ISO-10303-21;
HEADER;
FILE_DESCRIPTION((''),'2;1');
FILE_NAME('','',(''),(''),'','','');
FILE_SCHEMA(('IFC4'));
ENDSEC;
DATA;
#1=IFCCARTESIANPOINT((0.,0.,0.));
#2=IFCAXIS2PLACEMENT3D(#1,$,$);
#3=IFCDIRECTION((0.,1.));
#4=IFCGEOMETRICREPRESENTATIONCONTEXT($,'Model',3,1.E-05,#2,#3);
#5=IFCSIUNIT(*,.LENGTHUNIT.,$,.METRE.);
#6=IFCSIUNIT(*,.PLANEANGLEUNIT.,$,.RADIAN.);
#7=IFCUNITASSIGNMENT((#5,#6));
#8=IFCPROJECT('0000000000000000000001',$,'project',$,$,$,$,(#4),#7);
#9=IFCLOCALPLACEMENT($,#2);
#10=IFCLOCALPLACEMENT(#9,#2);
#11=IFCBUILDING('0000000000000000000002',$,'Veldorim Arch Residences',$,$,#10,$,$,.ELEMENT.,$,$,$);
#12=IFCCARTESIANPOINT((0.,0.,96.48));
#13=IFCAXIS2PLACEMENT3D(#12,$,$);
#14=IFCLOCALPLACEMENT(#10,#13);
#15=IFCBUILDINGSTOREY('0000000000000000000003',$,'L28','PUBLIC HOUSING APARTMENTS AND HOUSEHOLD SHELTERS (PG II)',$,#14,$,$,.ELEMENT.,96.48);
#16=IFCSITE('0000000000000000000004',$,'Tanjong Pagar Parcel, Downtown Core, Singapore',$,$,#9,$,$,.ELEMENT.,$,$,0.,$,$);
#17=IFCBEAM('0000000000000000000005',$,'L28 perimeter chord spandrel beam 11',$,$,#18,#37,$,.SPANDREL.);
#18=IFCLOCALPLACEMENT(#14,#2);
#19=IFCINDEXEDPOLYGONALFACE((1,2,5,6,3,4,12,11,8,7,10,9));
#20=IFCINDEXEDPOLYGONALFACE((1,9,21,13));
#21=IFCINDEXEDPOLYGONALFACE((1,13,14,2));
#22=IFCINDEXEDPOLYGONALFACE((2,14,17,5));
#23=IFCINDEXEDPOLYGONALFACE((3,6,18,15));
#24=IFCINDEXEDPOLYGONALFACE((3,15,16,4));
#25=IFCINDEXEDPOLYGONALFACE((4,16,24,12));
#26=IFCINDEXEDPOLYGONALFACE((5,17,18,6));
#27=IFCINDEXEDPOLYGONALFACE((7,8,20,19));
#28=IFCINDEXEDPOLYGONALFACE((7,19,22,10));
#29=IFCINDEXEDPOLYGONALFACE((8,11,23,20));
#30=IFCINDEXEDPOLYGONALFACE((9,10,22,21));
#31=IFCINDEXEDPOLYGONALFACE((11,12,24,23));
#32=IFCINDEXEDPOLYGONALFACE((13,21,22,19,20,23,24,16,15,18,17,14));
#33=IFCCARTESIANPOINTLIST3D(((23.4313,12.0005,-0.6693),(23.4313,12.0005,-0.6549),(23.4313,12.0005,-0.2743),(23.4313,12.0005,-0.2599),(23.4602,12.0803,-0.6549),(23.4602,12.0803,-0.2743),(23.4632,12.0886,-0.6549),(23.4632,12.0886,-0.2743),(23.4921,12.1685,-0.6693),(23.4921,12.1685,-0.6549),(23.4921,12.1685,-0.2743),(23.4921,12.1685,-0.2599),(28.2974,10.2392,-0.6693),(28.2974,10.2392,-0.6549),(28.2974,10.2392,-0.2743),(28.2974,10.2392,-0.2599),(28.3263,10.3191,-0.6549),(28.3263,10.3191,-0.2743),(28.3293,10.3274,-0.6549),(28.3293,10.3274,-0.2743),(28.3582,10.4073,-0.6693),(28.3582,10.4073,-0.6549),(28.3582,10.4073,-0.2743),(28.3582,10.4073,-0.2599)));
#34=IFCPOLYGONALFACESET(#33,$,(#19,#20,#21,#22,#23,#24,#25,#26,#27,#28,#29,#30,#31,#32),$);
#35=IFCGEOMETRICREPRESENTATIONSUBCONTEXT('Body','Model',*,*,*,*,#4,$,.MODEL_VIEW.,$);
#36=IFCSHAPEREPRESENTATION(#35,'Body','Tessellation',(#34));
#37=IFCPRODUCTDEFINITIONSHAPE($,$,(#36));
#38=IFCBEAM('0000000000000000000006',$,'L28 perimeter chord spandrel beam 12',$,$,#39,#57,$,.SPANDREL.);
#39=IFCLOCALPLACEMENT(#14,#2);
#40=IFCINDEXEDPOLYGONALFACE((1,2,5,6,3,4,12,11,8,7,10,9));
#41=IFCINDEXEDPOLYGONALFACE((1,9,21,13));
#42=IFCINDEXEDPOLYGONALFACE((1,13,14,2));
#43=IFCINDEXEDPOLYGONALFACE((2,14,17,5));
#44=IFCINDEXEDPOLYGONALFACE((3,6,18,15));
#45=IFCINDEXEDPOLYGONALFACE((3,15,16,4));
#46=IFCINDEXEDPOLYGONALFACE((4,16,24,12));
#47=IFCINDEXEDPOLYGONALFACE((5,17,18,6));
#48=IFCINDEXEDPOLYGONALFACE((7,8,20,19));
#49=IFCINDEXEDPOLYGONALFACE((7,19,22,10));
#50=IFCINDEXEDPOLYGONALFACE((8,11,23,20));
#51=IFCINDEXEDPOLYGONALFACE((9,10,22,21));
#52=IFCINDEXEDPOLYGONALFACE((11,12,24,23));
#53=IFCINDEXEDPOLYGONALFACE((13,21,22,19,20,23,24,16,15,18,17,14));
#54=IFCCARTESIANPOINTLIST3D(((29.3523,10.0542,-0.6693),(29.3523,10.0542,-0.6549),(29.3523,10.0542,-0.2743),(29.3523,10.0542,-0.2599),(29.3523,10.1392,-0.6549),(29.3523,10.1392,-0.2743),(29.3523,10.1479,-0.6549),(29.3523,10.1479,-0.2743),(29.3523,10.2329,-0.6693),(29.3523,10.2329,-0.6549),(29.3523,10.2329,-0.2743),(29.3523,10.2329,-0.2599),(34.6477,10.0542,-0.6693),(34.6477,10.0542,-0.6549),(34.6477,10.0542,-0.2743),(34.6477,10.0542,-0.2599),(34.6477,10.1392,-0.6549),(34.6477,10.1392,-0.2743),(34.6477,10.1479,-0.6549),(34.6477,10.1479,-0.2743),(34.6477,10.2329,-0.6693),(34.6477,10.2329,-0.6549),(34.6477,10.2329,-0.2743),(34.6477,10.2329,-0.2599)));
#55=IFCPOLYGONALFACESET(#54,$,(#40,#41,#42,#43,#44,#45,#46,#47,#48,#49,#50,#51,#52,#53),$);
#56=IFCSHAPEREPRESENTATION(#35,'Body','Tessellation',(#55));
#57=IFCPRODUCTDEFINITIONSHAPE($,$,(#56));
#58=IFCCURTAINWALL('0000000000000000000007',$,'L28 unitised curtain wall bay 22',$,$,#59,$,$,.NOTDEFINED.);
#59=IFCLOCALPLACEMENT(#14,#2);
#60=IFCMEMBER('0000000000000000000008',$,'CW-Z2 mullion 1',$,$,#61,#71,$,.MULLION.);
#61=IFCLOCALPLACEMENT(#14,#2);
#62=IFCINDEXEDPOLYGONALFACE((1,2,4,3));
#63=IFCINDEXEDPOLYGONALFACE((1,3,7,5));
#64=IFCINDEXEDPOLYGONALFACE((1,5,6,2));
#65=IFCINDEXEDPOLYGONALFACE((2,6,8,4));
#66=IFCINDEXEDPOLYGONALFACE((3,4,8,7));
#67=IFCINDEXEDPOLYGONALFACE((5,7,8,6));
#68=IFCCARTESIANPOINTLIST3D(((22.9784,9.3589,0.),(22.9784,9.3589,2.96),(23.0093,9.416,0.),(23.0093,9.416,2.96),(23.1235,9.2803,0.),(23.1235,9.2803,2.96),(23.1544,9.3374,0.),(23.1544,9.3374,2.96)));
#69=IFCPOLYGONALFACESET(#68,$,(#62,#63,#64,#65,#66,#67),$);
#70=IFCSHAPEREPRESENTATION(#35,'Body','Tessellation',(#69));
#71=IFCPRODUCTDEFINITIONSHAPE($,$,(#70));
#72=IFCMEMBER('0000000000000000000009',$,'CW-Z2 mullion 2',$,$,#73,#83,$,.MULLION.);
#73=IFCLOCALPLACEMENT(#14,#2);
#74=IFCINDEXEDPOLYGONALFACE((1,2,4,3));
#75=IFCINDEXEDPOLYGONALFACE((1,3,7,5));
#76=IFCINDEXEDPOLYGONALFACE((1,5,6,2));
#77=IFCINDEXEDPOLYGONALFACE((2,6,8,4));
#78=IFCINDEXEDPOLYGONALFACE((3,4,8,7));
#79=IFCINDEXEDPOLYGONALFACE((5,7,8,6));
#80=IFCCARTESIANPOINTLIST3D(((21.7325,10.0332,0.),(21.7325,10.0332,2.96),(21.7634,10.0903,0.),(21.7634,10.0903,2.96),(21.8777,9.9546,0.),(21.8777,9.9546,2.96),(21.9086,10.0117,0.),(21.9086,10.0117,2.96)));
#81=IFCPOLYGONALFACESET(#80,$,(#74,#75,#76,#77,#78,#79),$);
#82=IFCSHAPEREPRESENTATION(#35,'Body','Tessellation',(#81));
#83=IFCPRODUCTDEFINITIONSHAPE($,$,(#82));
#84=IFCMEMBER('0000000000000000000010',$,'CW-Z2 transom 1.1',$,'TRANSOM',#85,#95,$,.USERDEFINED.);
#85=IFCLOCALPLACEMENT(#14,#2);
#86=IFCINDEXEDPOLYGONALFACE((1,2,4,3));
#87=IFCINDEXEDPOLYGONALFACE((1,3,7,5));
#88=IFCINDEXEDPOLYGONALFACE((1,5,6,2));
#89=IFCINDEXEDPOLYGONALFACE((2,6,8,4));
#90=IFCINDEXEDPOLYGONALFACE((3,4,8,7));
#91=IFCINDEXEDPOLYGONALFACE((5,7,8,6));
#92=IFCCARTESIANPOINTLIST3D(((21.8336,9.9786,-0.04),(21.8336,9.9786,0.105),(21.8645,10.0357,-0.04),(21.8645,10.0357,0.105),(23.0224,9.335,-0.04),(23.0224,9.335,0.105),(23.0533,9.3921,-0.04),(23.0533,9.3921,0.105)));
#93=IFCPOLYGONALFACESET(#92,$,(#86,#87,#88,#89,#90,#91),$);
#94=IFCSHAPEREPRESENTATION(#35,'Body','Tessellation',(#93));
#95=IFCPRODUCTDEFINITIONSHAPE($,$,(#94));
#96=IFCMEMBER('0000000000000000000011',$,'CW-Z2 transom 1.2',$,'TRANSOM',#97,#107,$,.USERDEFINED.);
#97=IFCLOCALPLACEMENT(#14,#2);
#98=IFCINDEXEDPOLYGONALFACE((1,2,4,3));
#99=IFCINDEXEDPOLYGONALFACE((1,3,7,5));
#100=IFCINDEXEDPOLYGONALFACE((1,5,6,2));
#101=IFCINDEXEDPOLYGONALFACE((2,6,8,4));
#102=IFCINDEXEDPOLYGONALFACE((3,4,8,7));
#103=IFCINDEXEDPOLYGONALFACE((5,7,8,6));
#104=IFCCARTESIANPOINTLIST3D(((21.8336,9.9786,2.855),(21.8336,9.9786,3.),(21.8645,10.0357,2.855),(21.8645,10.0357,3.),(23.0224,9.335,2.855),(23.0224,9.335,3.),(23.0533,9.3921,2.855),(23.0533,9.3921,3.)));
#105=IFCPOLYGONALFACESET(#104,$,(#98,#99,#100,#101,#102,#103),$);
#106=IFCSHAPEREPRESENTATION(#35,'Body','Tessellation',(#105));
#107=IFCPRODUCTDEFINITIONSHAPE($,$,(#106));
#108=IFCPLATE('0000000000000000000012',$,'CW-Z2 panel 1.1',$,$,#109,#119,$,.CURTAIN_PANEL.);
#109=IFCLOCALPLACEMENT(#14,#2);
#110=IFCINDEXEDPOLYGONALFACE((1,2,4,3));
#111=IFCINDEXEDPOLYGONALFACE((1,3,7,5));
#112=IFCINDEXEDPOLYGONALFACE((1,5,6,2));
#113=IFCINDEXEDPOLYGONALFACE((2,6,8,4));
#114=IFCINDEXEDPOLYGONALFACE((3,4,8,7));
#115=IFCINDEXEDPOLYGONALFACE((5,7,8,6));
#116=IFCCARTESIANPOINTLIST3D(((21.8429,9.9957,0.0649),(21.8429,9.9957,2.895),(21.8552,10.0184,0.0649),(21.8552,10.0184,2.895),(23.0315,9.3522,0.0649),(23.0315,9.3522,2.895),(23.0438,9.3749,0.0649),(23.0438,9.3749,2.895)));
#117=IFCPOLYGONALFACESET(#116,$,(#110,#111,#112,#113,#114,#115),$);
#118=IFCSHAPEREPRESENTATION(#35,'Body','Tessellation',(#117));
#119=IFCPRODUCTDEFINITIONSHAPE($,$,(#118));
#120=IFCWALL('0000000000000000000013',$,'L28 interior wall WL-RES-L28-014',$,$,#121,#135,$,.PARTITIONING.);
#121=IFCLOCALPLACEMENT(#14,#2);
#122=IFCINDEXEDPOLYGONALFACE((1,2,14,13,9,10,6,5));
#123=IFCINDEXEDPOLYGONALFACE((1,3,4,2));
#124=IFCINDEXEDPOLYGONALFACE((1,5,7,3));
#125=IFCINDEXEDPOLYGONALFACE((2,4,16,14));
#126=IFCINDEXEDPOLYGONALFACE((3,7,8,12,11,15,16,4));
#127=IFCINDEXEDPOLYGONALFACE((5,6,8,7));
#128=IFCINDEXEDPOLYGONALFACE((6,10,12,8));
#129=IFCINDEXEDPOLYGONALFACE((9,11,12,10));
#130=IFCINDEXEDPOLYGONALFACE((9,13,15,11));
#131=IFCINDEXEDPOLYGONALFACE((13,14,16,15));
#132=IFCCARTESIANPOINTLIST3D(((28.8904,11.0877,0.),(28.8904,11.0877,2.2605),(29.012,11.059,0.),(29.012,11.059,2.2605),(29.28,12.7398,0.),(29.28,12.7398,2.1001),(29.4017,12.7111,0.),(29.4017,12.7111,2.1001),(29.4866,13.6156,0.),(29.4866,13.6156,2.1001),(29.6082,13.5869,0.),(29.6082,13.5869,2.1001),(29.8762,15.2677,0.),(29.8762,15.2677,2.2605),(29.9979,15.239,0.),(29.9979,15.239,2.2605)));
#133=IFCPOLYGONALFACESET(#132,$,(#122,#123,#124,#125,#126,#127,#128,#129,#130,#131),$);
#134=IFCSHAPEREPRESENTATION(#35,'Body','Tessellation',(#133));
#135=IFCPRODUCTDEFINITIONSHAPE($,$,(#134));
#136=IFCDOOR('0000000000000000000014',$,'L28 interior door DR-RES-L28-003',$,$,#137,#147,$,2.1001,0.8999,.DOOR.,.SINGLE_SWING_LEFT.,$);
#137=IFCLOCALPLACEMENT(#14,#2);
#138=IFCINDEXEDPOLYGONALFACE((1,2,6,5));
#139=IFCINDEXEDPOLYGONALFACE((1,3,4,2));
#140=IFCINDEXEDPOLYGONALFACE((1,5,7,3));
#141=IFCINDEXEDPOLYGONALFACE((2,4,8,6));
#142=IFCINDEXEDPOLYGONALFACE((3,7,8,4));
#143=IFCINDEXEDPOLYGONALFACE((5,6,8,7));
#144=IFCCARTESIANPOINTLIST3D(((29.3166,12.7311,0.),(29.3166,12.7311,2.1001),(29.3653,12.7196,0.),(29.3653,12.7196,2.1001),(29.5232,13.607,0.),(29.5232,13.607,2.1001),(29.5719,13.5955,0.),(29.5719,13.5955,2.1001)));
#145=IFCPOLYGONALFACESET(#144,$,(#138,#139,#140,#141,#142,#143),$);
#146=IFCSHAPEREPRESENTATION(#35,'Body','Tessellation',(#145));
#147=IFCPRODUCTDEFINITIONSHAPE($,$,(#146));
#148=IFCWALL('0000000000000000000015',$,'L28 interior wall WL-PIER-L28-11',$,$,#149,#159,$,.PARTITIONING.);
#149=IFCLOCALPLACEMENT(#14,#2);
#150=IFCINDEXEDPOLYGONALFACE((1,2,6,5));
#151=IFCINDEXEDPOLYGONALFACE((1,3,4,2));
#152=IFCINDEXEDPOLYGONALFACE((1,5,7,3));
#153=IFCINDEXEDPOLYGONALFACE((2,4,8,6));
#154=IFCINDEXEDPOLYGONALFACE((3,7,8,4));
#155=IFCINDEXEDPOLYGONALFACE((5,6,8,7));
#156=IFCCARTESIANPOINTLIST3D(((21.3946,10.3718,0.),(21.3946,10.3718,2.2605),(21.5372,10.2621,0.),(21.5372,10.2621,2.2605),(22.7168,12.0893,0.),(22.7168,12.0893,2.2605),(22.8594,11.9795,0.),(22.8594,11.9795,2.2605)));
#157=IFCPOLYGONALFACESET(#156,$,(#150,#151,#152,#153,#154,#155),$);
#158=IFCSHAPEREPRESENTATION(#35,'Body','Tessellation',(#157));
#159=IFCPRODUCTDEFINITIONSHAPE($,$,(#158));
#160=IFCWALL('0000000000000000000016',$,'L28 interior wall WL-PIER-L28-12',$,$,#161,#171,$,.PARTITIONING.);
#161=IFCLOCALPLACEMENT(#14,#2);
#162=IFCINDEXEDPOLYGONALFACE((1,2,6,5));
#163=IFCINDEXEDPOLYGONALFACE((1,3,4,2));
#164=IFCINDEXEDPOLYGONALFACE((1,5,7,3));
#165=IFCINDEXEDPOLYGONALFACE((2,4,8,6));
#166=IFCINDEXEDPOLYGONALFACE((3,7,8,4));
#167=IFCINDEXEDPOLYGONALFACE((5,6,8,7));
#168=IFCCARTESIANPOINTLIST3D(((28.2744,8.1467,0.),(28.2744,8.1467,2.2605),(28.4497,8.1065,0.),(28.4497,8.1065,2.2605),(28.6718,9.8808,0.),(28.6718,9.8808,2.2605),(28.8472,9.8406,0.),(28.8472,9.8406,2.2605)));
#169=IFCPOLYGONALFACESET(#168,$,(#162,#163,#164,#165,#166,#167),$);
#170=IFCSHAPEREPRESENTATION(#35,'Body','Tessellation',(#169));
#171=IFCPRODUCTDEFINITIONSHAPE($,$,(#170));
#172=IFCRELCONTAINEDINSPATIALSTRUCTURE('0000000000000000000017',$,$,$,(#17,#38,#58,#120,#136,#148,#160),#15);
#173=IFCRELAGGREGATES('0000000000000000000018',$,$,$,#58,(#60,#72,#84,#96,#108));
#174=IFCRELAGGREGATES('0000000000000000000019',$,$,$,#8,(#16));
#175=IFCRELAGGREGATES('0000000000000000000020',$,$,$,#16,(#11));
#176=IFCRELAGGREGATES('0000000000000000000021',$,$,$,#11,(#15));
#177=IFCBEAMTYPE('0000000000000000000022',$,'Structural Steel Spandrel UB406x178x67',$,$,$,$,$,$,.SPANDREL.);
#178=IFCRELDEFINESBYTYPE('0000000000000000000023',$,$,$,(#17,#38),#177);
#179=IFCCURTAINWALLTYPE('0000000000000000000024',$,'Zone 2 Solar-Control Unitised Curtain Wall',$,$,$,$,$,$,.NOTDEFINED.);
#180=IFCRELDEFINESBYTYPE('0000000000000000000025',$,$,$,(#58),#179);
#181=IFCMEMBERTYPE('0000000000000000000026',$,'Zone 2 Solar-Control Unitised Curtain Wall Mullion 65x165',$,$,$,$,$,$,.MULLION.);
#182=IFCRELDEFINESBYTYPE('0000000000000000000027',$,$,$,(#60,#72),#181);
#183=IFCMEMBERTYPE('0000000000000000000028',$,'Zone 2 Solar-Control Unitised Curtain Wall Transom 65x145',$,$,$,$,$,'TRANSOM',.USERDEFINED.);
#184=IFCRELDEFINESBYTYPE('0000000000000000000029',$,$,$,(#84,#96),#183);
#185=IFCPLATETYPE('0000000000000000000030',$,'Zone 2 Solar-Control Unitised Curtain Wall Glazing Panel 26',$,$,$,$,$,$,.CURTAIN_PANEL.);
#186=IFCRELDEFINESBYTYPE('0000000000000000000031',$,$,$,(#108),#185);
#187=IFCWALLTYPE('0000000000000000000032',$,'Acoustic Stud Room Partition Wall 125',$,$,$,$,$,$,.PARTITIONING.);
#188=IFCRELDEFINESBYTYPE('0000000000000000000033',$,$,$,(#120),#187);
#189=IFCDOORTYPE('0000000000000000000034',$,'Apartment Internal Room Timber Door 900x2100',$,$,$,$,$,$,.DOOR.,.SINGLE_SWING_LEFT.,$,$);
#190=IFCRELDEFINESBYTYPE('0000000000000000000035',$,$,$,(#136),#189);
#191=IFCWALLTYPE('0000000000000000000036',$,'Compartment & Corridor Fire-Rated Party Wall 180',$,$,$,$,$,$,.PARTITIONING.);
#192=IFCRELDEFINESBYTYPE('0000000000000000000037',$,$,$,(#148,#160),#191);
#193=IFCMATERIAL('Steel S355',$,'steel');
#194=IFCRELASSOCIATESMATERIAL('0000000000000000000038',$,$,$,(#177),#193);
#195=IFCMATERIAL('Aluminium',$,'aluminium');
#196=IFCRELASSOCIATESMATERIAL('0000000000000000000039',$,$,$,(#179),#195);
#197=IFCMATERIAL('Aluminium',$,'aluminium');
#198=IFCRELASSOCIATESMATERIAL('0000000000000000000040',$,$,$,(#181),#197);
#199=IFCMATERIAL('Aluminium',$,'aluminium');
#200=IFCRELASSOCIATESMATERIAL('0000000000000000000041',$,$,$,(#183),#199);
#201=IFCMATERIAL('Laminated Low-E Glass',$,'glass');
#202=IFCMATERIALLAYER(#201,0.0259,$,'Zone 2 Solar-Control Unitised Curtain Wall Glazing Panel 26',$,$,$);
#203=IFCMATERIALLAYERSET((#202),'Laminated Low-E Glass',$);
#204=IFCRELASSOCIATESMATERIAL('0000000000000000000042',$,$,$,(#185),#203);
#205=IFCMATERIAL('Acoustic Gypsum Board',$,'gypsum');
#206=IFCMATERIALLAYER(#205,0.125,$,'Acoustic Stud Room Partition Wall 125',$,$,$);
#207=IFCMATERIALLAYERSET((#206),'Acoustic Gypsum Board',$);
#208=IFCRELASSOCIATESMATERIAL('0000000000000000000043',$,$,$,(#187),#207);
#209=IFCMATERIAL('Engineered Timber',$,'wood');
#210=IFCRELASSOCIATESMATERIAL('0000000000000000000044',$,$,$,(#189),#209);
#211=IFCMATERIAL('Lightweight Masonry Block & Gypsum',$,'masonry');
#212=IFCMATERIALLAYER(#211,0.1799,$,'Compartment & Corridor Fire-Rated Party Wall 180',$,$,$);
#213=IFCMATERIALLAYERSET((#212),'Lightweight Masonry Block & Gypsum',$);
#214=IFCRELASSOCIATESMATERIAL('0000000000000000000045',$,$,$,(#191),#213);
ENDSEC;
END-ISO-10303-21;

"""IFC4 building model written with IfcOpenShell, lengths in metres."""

from ifc_helpers import new_model, si_unit, direction, frame, frame_2d, origin, origin_2d, place, context, subcontext, project, spatial, rectangle, i_section, extrude, material, layer, layer_set, material_profile, profile_set, type_object, element, fill, aggregate, save


model = new_model("IFC4")

# Units and contexts
model_context = context("Model", 3, precision=1e-05, world=origin(), true_north=direction((0.0, 1.0)))
body_context = subcontext(model_context, "Body", "Model", "MODEL_VIEW")
ifc_project = project(units=[si_unit("LENGTHUNIT", "METRE"), si_unit("PLANEANGLEUNIT", "RADIAN")], contexts=[model_context])

# Site, building, storey
site_placement = place(None, origin())
site = spatial("IfcSite", under=ifc_project, at=site_placement, Name="Tanjong Pagar Parcel, Downtown Core, Singapore", CompositionType="ELEMENT", RefElevation=0.0)
building_placement = place(site_placement, origin())
building = spatial("IfcBuilding", under=site, at=building_placement, Name="Veldorim Arch Residences", CompositionType="ELEMENT")
storey_placement = place(building_placement, frame((0.0, 0.0, 96.48)))
storey = spatial("IfcBuildingStorey", under=building, at=storey_placement, Name="L28", Description="PUBLIC HOUSING APARTMENTS AND HOUSEHOLD SHELTERS (PG II)", CompositionType="ELEMENT", Elevation=96.48)

# Beams
ifc_material_1 = material(Name="Steel S355", Category="steel")
ifc_material_profile_1 = material_profile(ifc_material_1, i_section(OverallWidth=0.1787, OverallDepth=0.4094, WebThickness=0.0088, FlangeThickness=0.0144, at=origin_2d()), Name="UB406x178x67")
ifc_profile_set_1 = profile_set([ifc_material_profile_1], Name="Steel S355")
beam_type_1 = type_object("IfcBeamType", Name="Structural Steel Spandrel UB406x178x67", PredefinedType="SPANDREL", material=ifc_profile_set_1)
beam_1_placement = place(storey_placement, frame((23.4617, 12.0845, -0.4646), z_axis=(0.940308, -0.340326, 0.0), x_axis=(0.340326, 0.940308, 0.0)))
element("IfcBeam", 1, at=beam_1_placement, inside=storey, type_object=beam_type_1, Name="L28 perimeter chord spandrel beam 11", PredefinedType="SPANDREL", context=body_context, shape_type="SweptSolid", body=[
    extrude(i_section(OverallWidth=0.1787, OverallDepth=0.4094, WebThickness=0.0088, FlangeThickness=0.0144, at=origin_2d()), origin(), (0.0, 0.0, 1.0), 5.175),
])
beam_2_placement = place(storey_placement, frame((29.3523, 10.1436, -0.4646), z_axis=(1.0, 0.0, 0.0), x_axis=(0.0, 1.0, 0.0)))
element("IfcBeam", 2, at=beam_2_placement, inside=storey, type_object=beam_type_1, Name="L28 perimeter chord spandrel beam 12", PredefinedType="SPANDREL", context=body_context, shape_type="SweptSolid", body=[
    extrude(i_section(OverallWidth=0.1787, OverallDepth=0.4094, WebThickness=0.0088, FlangeThickness=0.0144, at=origin_2d()), origin(), (0.0, 0.0, 1.0), 5.2954),
])

# Curtain wall, members, plate
ifc_material_2 = material(Name="Aluminium", Category="aluminium")
curtain_wall_type = type_object("IfcCurtainWallType", Name="Zone 2 Solar-Control Unitised Curtain Wall", PredefinedType="NOTDEFINED", material=ifc_material_2)
curtain_wall_placement = place(storey_placement, origin())
curtain_wall = element("IfcCurtainWall", 3, at=curtain_wall_placement, inside=storey, type_object=curtain_wall_type, Name="L28 unitised curtain wall bay 22", PredefinedType="NOTDEFINED")
ifc_material_3 = material(Name="Aluminium", Category="aluminium")
ifc_material_profile_2 = material_profile(ifc_material_3, rectangle(XDim=0.0649, YDim=0.165, at=origin_2d()), Name="ALU_MUL_65x165")
ifc_profile_set_2 = profile_set([ifc_material_profile_2], Name="Aluminium")
member_type_1 = type_object("IfcMemberType", Name="Zone 2 Solar-Control Unitised Curtain Wall Mullion 65x165", PredefinedType="MULLION", material=ifc_profile_set_2)
member_1_placement = place(storey_placement, frame((23.0664, 9.3481, 0.0), z_axis=(0.0, 0.0, 1.0), x_axis=(-0.476096, -0.879393, 0.0)))
member_1 = element("IfcMember", 4, at=member_1_placement, type_object=member_type_1, Name="CW-Z2 mullion 1", PredefinedType="MULLION", context=body_context, shape_type="SweptSolid", body=[
    extrude(rectangle(XDim=0.0649, YDim=0.165, at=origin_2d()), origin(), (0.0, 0.0, 1.0), 2.96),
])
member_2_placement = place(storey_placement, frame((21.8206, 10.0225, 0.0), z_axis=(0.0, 0.0, 1.0), x_axis=(-0.476096, -0.879393, 0.0)))
member_2 = element("IfcMember", 5, at=member_2_placement, type_object=member_type_1, Name="CW-Z2 mullion 2", PredefinedType="MULLION", context=body_context, shape_type="SweptSolid", body=[
    extrude(rectangle(XDim=0.0649, YDim=0.165, at=origin_2d()), origin(), (0.0, 0.0, 1.0), 2.96),
])
ifc_material_4 = material(Name="Aluminium", Category="aluminium")
ifc_material_profile_3 = material_profile(ifc_material_4, rectangle(XDim=0.0649, YDim=0.145, at=origin_2d()), Name="ALU_TRN_65x145")
ifc_profile_set_3 = profile_set([ifc_material_profile_3], Name="Aluminium")
member_type_2 = type_object("IfcMemberType", Name="Zone 2 Solar-Control Unitised Curtain Wall Transom 65x145", ElementType="TRANSOM", PredefinedType="USERDEFINED", material=ifc_profile_set_3)
member_3_placement = place(storey_placement, frame((23.0378, 9.3635, 0.0325), z_axis=(-0.879396, 0.476091, 0.0), x_axis=(-0.476091, -0.879396, 0.0)))
member_3 = element("IfcMember", 6, at=member_3_placement, type_object=member_type_2, Name="CW-Z2 transom 1.1", ObjectType="TRANSOM", PredefinedType="USERDEFINED", context=body_context, shape_type="SweptSolid", body=[
    extrude(rectangle(XDim=0.0649, YDim=0.145, at=origin_2d()), origin(), (0.0, 0.0, 1.0), 1.3518),
])
member_4_placement = place(storey_placement, frame((23.0378, 9.3635, 2.9275), z_axis=(-0.879396, 0.476091, 0.0), x_axis=(-0.476091, -0.879396, 0.0)))
member_4 = element("IfcMember", 7, at=member_4_placement, type_object=member_type_2, Name="CW-Z2 transom 1.2", ObjectType="TRANSOM", PredefinedType="USERDEFINED", context=body_context, shape_type="SweptSolid", body=[
    extrude(rectangle(XDim=0.0649, YDim=0.145, at=origin_2d()), origin(), (0.0, 0.0, 1.0), 1.3518),
])
ifc_material_5 = material(Name="Laminated Low-E Glass", Category="glass")
ifc_layer_1 = layer(ifc_material_5, 0.0259, Name="Zone 2 Solar-Control Unitised Curtain Wall Glazing Panel 26")
ifc_layer_set_1 = layer_set([ifc_layer_1], Name="Laminated Low-E Glass")
plate_type = type_object("IfcPlateType", Name="Zone 2 Solar-Control Unitised Curtain Wall Glazing Panel 26", PredefinedType="CURTAIN_PANEL", material=ifc_layer_set_1)
plate_placement = place(storey_placement, frame((22.4434, 9.6853, 0.0649), z_axis=(0.0, 0.0, 1.0), x_axis=(-0.879393, 0.476096, 0.0)))
plate = element("IfcPlate", 8, at=plate_placement, type_object=plate_type, Name="CW-Z2 panel 1.1", PredefinedType="CURTAIN_PANEL", context=body_context, shape_type="SweptSolid", body=[
    extrude(rectangle(XDim=1.3516, YDim=0.0259, at=origin_2d()), origin(), (0.0, 0.0, 1.0), 2.8301),
])
aggregate(curtain_wall, [member_1, member_2, member_3, member_4, plate])

# Wall, opening, door
ifc_material_6 = material(Name="Acoustic Gypsum Board", Category="gypsum")
ifc_layer_2 = layer(ifc_material_6, 0.125, Name="Acoustic Stud Room Partition Wall 125")
ifc_layer_set_2 = layer_set([ifc_layer_2], Name="Acoustic Gypsum Board")
wall_type_1 = type_object("IfcWallType", Name="Acoustic Stud Room Partition Wall 125", PredefinedType="PARTITIONING", material=ifc_layer_set_2)
wall_1_placement = place(storey_placement, frame((28.9512, 11.0732, 0.0), z_axis=(0.0, 0.0, 1.0), x_axis=(0.229553, 0.973296, 0.0)))
wall_1 = element("IfcWall", 9, at=wall_1_placement, inside=storey, type_object=wall_type_1, Name="L28 interior wall WL-RES-L28-014", PredefinedType="PARTITIONING", context=body_context, shape_type="SweptSolid", body=[
    extrude(rectangle(XDim=4.2947, YDim=0.125, at=frame_2d((2.1475, 0.0))), origin(), (0.0, 0.0, 1.0), 2.2605),
])
opening_1_placement = place(wall_1_placement, frame((1.6975, 0.0, 0.0)))
opening_1 = element("IfcOpeningElement", 10, at=opening_1_placement, cuts=wall_1, PredefinedType="OPENING", context=body_context, shape_type="SweptSolid", body=[
    extrude(rectangle(XDim=0.8999, YDim=2.1001, at=frame_2d((0.45, 1.05))), frame((0.0, 0.0725, 0.0), z_axis=(0.0, -1.0, 0.0), x_axis=(1.0, 0.0, 0.0)), (0.0, 0.0, 1.0), 0.145),
])
ifc_material_7 = material(Name="Engineered Timber", Category="wood")
door_type = type_object("IfcDoorType", Name="Apartment Internal Room Timber Door 900x2100", OperationType="SINGLE_SWING_LEFT", PredefinedType="DOOR", material=ifc_material_7)
door_placement = place(opening_1_placement, origin())
door = element("IfcDoor", 11, at=door_placement, inside=storey, type_object=door_type, Name="L28 interior door DR-RES-L28-003", OperationType="SINGLE_SWING_LEFT", OverallHeight=2.1001, OverallWidth=0.8999, PredefinedType="DOOR", context=body_context, shape_type="SweptSolid", body=[
    extrude(rectangle(XDim=0.8999, YDim=2.1001, at=frame_2d((0.45, 1.05))), frame((0.0, 0.0249, 0.0), z_axis=(0.0, -1.0, 0.0), x_axis=(1.0, 0.0, 0.0)), (0.0, 0.0, 1.0), 0.05),
])
fill(opening_1, door)

# Walls
ifc_material_8 = material(Name="Lightweight Masonry Block & Gypsum", Category="masonry")
ifc_layer_3 = layer(ifc_material_8, 0.1799, Name="Compartment & Corridor Fire-Rated Party Wall 180")
ifc_layer_set_3 = layer_set([ifc_layer_3], Name="Lightweight Masonry Block & Gypsum")
wall_type_2 = type_object("IfcWallType", Name="Compartment & Corridor Fire-Rated Party Wall 180", PredefinedType="PARTITIONING", material=ifc_layer_set_3)
wall_2_placement = place(storey_placement, frame((22.7881, 12.0344, 0.0), z_axis=(0.0, 0.0, 1.0), x_axis=(-0.610026, -0.792381, 0.0)))
element("IfcWall", 12, at=wall_2_placement, inside=storey, type_object=wall_type_2, Name="L28 interior wall WL-PIER-L28-11", PredefinedType="PARTITIONING", context=body_context, shape_type="SweptSolid", body=[
    extrude(rectangle(XDim=2.1675, YDim=0.1799, at=frame_2d((1.0837, 0.0))), origin(), (0.0, 0.0, 1.0), 2.2605),
])
wall_3_placement = place(storey_placement, frame((28.7595, 9.8608, 0.0), z_axis=(0.0, 0.0, 1.0), x_axis=(-0.223406, -0.974725, 0.0)))
element("IfcWall", 13, at=wall_3_placement, inside=storey, type_object=wall_type_2, Name="L28 interior wall WL-PIER-L28-12", PredefinedType="PARTITIONING", context=body_context, shape_type="SweptSolid", body=[
    extrude(rectangle(XDim=1.7791, YDim=0.1799, at=frame_2d((0.8896, 0.0))), origin(), (0.0, 0.0, 1.0), 2.2605),
])

save(model, "model.ifc")
